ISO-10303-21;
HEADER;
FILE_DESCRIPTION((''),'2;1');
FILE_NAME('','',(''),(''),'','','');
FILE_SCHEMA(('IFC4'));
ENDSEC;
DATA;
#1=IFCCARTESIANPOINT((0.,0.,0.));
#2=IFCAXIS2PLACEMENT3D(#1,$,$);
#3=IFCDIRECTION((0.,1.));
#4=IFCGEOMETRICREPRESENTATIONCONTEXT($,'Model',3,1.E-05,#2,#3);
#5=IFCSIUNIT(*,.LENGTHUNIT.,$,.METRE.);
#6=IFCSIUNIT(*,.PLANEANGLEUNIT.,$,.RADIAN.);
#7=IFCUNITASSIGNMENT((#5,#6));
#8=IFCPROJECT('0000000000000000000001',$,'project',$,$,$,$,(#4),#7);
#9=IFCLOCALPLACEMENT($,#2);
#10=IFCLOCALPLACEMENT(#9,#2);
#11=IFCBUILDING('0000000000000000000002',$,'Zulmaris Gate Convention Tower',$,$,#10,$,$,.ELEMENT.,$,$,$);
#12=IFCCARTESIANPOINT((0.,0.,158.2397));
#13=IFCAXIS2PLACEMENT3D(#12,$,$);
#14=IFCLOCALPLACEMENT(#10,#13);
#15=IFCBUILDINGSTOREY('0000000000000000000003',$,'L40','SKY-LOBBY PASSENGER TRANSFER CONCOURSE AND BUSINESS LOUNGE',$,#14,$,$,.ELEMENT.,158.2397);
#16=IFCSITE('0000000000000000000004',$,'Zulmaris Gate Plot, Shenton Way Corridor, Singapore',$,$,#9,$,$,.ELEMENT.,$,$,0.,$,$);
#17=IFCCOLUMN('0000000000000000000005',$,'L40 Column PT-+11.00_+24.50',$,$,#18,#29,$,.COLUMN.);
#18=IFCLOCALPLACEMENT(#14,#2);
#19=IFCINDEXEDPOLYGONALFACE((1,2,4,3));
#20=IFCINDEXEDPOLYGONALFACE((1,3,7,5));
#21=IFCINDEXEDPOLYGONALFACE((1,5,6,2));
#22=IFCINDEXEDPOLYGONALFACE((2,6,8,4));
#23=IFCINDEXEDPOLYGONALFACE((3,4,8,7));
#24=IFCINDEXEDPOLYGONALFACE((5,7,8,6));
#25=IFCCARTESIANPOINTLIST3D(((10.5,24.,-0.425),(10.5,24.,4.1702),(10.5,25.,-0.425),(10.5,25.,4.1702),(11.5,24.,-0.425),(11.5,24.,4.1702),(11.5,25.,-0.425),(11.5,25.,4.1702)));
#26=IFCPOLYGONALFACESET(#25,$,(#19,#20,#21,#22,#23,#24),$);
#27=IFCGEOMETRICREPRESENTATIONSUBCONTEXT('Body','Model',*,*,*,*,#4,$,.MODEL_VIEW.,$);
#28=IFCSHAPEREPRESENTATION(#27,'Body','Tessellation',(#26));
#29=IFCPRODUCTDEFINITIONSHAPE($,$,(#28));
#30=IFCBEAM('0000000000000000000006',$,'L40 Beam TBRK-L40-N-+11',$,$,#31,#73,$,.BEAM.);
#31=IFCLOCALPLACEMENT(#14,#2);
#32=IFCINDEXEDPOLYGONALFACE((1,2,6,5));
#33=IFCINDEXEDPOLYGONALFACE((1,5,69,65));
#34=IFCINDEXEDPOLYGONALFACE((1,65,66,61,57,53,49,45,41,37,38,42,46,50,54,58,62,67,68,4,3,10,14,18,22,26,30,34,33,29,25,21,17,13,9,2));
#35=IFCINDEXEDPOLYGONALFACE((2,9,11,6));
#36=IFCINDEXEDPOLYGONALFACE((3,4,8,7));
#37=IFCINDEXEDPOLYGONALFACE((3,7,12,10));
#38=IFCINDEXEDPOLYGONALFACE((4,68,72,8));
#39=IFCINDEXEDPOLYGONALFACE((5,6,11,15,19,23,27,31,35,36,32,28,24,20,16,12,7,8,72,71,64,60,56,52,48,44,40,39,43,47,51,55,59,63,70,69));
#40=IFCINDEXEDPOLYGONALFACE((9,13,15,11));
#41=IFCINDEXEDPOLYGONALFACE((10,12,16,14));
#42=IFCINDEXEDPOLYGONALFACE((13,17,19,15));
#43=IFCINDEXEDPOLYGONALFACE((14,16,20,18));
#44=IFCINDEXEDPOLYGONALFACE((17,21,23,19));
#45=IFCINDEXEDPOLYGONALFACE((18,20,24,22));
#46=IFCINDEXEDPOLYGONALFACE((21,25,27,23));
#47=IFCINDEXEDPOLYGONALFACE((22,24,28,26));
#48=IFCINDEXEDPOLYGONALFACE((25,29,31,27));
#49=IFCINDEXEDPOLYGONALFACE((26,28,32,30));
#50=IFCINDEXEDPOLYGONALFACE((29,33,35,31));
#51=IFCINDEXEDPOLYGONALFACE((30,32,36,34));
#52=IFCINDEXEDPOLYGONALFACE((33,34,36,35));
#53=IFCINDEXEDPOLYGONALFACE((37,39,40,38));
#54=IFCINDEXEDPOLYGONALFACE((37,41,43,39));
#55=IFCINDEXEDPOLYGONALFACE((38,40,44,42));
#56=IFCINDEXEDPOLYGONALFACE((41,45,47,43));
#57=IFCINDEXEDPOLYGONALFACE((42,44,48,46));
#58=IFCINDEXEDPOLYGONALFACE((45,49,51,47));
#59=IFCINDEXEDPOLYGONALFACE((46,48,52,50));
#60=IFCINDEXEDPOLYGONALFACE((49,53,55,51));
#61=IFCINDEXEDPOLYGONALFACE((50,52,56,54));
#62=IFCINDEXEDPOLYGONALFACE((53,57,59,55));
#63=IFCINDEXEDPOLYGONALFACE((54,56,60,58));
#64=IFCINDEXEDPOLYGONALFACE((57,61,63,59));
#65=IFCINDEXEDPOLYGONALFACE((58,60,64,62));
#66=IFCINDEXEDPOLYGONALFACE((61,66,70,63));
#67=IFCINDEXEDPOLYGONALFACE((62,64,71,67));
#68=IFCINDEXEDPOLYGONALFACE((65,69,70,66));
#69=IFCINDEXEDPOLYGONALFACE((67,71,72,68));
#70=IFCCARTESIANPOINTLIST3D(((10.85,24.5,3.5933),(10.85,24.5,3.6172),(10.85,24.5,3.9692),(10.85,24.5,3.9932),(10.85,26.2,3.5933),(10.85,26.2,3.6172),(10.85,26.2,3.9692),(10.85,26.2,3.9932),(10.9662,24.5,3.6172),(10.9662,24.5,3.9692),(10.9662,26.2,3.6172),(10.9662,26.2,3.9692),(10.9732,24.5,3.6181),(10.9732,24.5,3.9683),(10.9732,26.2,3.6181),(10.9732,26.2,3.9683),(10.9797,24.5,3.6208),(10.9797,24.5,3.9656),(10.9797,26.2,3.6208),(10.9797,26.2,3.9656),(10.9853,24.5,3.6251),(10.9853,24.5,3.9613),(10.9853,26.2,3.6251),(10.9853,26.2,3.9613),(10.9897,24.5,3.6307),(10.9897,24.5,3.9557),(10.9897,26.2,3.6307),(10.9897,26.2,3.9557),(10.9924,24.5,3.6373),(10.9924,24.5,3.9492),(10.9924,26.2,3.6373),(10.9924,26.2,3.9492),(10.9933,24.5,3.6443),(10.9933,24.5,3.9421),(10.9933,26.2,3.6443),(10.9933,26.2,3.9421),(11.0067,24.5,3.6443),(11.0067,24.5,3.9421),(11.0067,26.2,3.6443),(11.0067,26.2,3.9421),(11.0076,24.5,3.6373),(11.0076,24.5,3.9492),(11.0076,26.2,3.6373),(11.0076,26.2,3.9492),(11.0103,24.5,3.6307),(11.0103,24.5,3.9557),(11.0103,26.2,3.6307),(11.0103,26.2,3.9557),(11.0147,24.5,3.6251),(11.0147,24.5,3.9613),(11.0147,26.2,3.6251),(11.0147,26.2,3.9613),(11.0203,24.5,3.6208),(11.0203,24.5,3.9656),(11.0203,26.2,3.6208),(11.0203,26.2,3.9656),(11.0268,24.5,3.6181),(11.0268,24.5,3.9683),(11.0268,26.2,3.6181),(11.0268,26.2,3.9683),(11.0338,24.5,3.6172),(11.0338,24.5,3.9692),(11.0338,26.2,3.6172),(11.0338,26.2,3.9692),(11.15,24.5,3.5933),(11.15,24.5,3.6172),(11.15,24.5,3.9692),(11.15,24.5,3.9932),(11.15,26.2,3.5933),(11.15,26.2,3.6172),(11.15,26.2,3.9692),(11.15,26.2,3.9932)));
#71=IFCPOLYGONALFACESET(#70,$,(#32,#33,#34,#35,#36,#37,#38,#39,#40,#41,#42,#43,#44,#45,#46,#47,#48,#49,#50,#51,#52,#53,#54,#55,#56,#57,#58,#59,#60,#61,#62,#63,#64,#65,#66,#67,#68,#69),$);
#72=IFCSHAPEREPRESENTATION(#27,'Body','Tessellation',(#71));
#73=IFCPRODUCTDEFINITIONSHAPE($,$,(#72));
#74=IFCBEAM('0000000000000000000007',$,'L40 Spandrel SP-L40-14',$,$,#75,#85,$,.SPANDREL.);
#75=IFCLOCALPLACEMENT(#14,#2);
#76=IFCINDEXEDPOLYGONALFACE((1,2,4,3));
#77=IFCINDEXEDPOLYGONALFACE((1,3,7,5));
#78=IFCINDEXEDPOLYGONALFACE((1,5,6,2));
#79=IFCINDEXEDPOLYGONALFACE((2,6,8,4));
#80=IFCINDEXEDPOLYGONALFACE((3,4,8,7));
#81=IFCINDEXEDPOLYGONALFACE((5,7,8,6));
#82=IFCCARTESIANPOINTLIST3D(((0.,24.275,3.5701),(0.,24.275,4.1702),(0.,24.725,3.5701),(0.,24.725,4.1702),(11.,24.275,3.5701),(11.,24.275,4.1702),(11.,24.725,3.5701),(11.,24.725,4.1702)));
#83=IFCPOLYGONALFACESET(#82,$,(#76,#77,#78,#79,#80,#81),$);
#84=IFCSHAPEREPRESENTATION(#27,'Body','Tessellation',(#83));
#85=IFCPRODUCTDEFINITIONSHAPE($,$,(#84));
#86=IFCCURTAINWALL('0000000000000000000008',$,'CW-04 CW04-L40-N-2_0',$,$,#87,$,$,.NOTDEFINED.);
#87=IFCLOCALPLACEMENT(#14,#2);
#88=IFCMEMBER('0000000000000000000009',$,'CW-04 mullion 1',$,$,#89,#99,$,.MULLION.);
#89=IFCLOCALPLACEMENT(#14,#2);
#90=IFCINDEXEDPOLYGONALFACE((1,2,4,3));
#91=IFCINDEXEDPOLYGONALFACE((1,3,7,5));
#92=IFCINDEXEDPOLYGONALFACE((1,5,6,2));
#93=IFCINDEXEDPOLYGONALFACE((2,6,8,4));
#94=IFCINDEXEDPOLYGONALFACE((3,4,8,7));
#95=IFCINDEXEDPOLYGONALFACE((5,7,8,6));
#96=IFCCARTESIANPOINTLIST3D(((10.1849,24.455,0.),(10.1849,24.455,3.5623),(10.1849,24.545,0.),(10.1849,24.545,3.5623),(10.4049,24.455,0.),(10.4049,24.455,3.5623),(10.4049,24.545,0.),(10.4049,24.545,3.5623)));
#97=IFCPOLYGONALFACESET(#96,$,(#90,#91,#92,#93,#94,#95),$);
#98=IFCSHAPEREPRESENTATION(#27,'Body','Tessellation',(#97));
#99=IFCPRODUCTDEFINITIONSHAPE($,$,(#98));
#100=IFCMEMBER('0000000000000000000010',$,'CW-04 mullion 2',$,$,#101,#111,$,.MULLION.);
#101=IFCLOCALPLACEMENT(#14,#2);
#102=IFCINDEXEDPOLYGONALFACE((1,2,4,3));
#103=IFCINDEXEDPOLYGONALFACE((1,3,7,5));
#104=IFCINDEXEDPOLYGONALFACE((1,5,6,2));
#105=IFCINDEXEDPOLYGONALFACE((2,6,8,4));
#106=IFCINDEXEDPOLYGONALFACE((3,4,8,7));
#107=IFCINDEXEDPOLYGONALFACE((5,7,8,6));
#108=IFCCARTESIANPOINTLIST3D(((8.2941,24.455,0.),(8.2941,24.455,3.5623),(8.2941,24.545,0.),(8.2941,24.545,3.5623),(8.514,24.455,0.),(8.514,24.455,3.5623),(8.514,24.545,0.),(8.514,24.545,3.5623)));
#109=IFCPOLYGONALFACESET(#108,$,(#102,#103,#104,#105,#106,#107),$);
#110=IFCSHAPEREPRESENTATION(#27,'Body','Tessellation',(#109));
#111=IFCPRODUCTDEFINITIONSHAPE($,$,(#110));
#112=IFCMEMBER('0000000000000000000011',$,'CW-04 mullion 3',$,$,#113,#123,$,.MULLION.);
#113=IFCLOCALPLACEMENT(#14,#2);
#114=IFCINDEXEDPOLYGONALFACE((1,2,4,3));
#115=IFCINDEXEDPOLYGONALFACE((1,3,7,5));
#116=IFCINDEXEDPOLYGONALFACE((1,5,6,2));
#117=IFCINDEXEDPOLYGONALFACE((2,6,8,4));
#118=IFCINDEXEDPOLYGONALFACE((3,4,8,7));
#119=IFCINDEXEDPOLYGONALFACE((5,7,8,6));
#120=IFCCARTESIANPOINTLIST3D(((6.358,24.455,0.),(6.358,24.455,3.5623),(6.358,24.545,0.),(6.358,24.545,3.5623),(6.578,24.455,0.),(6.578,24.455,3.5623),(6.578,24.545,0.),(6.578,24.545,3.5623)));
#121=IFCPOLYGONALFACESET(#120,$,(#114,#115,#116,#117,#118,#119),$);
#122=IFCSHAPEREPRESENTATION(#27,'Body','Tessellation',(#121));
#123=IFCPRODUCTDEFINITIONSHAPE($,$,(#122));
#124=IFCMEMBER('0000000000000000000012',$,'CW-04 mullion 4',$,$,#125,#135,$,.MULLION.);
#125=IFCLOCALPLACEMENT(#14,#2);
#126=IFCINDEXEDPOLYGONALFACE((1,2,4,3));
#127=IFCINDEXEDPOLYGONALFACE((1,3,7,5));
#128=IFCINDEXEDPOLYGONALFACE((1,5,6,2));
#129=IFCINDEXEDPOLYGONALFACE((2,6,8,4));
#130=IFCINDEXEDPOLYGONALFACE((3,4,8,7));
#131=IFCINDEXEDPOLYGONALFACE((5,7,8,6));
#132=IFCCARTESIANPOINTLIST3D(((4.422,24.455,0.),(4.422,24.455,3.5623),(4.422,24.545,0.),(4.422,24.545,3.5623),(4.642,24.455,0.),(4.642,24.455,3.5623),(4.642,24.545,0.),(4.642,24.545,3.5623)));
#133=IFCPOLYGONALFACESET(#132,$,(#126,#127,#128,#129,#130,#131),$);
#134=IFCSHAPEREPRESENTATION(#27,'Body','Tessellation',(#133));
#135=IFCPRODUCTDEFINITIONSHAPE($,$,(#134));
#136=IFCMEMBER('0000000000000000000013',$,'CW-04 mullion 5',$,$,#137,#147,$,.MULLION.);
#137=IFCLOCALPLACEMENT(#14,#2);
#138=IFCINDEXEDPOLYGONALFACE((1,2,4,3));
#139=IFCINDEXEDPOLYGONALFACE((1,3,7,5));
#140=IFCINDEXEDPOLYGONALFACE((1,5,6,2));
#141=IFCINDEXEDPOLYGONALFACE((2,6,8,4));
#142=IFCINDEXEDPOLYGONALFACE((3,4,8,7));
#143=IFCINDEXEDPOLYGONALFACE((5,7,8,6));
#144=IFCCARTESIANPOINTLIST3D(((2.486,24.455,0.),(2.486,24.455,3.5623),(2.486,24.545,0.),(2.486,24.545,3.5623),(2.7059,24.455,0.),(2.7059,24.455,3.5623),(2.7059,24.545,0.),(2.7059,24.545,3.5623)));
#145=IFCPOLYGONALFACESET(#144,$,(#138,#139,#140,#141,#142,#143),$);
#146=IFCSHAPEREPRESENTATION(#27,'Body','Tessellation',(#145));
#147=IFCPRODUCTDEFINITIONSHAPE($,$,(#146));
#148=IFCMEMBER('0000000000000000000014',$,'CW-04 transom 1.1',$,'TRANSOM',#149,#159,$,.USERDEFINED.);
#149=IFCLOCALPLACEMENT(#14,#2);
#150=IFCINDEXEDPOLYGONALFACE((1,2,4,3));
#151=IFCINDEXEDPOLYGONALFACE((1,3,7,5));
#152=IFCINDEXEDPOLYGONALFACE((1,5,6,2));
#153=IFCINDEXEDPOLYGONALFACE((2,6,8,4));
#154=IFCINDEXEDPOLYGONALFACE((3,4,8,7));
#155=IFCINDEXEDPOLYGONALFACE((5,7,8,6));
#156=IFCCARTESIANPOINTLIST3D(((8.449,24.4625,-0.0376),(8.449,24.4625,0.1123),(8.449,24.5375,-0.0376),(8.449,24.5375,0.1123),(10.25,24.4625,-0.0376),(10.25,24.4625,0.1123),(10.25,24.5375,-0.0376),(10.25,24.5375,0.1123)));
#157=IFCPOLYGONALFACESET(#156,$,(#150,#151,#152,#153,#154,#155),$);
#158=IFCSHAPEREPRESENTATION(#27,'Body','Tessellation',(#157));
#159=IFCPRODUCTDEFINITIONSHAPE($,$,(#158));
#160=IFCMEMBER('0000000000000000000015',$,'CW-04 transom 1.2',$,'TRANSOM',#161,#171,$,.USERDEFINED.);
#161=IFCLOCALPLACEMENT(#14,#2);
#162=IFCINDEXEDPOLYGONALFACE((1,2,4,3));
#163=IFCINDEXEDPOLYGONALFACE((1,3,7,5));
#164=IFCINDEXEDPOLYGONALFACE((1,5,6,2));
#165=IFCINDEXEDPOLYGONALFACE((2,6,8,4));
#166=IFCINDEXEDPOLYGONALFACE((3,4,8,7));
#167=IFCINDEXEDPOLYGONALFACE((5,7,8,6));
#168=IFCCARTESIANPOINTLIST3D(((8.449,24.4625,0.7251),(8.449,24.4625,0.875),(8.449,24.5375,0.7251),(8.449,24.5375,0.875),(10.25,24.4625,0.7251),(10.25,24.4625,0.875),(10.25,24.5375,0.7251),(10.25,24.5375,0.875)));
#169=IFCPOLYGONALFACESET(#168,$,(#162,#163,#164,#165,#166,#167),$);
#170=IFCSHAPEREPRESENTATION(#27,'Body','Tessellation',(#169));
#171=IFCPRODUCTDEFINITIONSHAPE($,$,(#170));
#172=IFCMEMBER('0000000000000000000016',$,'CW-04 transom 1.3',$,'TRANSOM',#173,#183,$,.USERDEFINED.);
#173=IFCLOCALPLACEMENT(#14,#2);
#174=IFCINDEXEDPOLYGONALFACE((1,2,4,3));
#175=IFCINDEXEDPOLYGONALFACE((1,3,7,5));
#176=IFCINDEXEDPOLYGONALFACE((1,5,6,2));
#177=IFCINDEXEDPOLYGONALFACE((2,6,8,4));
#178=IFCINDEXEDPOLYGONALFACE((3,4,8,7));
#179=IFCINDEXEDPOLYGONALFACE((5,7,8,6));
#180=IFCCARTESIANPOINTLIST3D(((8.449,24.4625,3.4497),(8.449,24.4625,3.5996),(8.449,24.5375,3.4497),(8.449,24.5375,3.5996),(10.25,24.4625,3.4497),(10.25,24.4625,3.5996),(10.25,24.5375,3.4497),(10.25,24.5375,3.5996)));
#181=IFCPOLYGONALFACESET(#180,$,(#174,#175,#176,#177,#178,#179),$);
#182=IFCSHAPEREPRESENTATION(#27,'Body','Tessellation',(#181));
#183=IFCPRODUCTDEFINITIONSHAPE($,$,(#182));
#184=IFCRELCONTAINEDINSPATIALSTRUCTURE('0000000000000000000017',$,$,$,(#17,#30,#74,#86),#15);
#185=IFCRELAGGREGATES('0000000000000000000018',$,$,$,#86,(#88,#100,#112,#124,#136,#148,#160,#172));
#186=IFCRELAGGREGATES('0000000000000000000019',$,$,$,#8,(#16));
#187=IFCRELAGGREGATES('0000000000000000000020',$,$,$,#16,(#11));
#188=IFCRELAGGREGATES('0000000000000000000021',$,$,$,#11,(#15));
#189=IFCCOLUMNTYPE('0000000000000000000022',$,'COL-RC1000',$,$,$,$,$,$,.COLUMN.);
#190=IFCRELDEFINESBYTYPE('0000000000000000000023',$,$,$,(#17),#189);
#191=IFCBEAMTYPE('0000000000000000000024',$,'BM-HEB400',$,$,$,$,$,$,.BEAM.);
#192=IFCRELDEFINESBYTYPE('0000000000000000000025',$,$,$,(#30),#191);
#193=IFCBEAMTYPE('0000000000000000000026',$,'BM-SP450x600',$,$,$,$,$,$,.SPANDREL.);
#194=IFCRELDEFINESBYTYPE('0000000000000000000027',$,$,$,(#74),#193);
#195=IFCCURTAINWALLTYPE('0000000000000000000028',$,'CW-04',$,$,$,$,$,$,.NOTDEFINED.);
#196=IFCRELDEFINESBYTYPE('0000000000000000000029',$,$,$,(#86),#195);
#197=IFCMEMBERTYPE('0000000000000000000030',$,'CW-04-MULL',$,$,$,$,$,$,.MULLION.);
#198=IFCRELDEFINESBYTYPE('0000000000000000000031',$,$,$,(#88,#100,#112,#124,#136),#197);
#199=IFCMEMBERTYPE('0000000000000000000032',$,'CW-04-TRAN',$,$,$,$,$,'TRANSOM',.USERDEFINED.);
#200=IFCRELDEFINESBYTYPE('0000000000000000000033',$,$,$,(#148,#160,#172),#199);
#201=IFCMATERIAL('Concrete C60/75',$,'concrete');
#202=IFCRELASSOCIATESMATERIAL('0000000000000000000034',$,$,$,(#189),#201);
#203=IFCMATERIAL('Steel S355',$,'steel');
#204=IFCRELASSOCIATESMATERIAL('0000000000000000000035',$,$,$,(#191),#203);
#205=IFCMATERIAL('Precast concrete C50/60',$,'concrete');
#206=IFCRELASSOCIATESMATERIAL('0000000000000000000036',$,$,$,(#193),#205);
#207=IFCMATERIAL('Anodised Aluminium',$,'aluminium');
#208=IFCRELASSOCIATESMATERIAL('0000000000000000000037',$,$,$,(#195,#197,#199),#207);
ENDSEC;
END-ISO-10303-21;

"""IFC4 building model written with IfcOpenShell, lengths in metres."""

from ifc_helpers import new_model, si_unit, direction, frame, origin, origin_2d, place, context, subcontext, project, spatial, rectangle, i_section, extrude, material, material_profile, profile_set, type_object, element, aggregate, save


model = new_model("IFC4")

# Units and contexts
model_context = context("Model", 3, precision=1e-05, world=origin(), true_north=direction((0.0, 1.0)))
body_context = subcontext(model_context, "Body", "Model", "MODEL_VIEW")
ifc_project = project(units=[si_unit("LENGTHUNIT", "METRE"), si_unit("PLANEANGLEUNIT", "RADIAN")], contexts=[model_context])

# Site, building, storey
site_placement = place(None, origin())
site = spatial("IfcSite", under=ifc_project, at=site_placement, Name="Zulmaris Gate Plot, Shenton Way Corridor, Singapore", CompositionType="ELEMENT", RefElevation=0.0)
building_placement = place(site_placement, origin())
building = spatial("IfcBuilding", under=site, at=building_placement, Name="Zulmaris Gate Convention Tower", CompositionType="ELEMENT")
storey_placement = place(building_placement, frame((0.0, 0.0, 158.2397)))
storey = spatial("IfcBuildingStorey", under=building, at=storey_placement, Name="L40", Description="SKY-LOBBY PASSENGER TRANSFER CONCOURSE AND BUSINESS LOUNGE", CompositionType="ELEMENT", Elevation=158.2397)

# Column
ifc_material_1 = material(Name="Concrete C60/75", Category="concrete")
ifc_material_profile_1 = material_profile(ifc_material_1, rectangle(XDim=1.0, YDim=1.0, at=origin_2d()), Name="RC COL 1000x1000")
ifc_profile_set_1 = profile_set([ifc_material_profile_1], Name="Concrete C60/75")
column_type = type_object("IfcColumnType", Name="COL-RC1000", PredefinedType="COLUMN", material=ifc_profile_set_1)
column_placement = place(storey_placement, frame((11.0, 24.5, -0.425), z_axis=(0.0, 0.0, 1.0), x_axis=(1.0, 0.0, 0.0)))
element("IfcColumn", 1, at=column_placement, inside=storey, type_object=column_type, Name="L40 Column PT-+11.00_+24.50", PredefinedType="COLUMN", context=body_context, shape_type="SweptSolid", body=[
    extrude(rectangle(XDim=1.0, YDim=1.0, at=origin_2d()), origin(), (0.0, 0.0, 1.0), 4.5952),
])

# Beams
ifc_material_2 = material(Name="Steel S355", Category="steel")
ifc_material_profile_2 = material_profile(ifc_material_2, i_section(OverallWidth=0.3, OverallDepth=0.3999, WebThickness=0.0134, FlangeThickness=0.0239, FilletRadius=0.0271, at=origin_2d()), Name="HEB 400")
ifc_profile_set_2 = profile_set([ifc_material_profile_2], Name="Steel S355")
beam_type_1 = type_object("IfcBeamType", Name="BM-HEB400", PredefinedType="BEAM", material=ifc_profile_set_2)
beam_1_placement = place(storey_placement, frame((11.0, 24.5, 3.7932), z_axis=(0.0, 1.0, 0.0), x_axis=(-1.0, 0.0, 0.0)))
element("IfcBeam", 2, at=beam_1_placement, inside=storey, type_object=beam_type_1, Name="L40 Beam TBRK-L40-N-+11", PredefinedType="BEAM", context=body_context, shape_type="SweptSolid", body=[
    extrude(i_section(OverallWidth=0.3, OverallDepth=0.3999, WebThickness=0.0134, FlangeThickness=0.0239, FilletRadius=0.0271, at=origin_2d()), origin(), (0.0, 0.0, 1.0), 1.7),
])
ifc_material_3 = material(Name="Precast concrete C50/60", Category="concrete")
ifc_material_profile_3 = material_profile(ifc_material_3, rectangle(XDim=0.45, YDim=0.6001, at=origin_2d()), Name="RC SPANDREL 450x600")
ifc_profile_set_3 = profile_set([ifc_material_profile_3], Name="Precast concrete C50/60")
beam_type_2 = type_object("IfcBeamType", Name="BM-SP450x600", PredefinedType="SPANDREL", material=ifc_profile_set_3)
beam_2_placement = place(storey_placement, frame((11.0, 24.5, 3.8701), z_axis=(-1.0, 0.0, 0.0), x_axis=(0.0, -1.0, 0.0)))
element("IfcBeam", 3, at=beam_2_placement, inside=storey, type_object=beam_type_2, Name="L40 Spandrel SP-L40-14", PredefinedType="SPANDREL", context=body_context, shape_type="SweptSolid", body=[
    extrude(rectangle(XDim=0.45, YDim=0.6001, at=origin_2d()), origin(), (0.0, 0.0, 1.0), 11.0),
])

# Curtain wall, members
ifc_material_4 = material(Name="Anodised Aluminium", Category="aluminium")
curtain_wall_type = type_object("IfcCurtainWallType", Name="CW-04", PredefinedType="NOTDEFINED", material=ifc_material_4)
curtain_wall_placement = place(storey_placement, origin())
curtain_wall = element("IfcCurtainWall", 4, at=curtain_wall_placement, inside=storey, type_object=curtain_wall_type, Name="CW-04 CW04-L40-N-2_0", PredefinedType="NOTDEFINED")
ifc_material_profile_4 = material_profile(ifc_material_4, rectangle(XDim=0.0901, YDim=0.22, at=origin_2d()), Name="ALU MULLION 90x220")
ifc_profile_set_4 = profile_set([ifc_material_profile_4], Name="Anodised Aluminium")
member_type_1 = type_object("IfcMemberType", Name="CW-04-MULL", PredefinedType="MULLION", material=ifc_profile_set_4)
member_1_placement = place(storey_placement, frame((10.2949, 24.5, 0.0), z_axis=(0.0, 0.0, 1.0), x_axis=(0.0, -1.0, 0.0)))
member_1 = element("IfcMember", 5, at=member_1_placement, type_object=member_type_1, Name="CW-04 mullion 1", PredefinedType="MULLION", context=body_context, shape_type="SweptSolid", body=[
    extrude(rectangle(XDim=0.0901, YDim=0.22, at=origin_2d()), origin(), (0.0, 0.0, 1.0), 3.5623),
])
member_2_placement = place(storey_placement, frame((8.4041, 24.5, 0.0), z_axis=(0.0, 0.0, 1.0), x_axis=(0.0, -1.0, 0.0)))
member_2 = element("IfcMember", 6, at=member_2_placement, type_object=member_type_1, Name="CW-04 mullion 2", PredefinedType="MULLION", context=body_context, shape_type="SweptSolid", body=[
    extrude(rectangle(XDim=0.0901, YDim=0.22, at=origin_2d()), origin(), (0.0, 0.0, 1.0), 3.5623),
])
member_3_placement = place(storey_placement, frame((6.468, 24.5, 0.0), z_axis=(0.0, 0.0, 1.0), x_axis=(0.0, -1.0, 0.0)))
member_3 = element("IfcMember", 7, at=member_3_placement, type_object=member_type_1, Name="CW-04 mullion 3", PredefinedType="MULLION", context=body_context, shape_type="SweptSolid", body=[
    extrude(rectangle(XDim=0.0901, YDim=0.22, at=origin_2d()), origin(), (0.0, 0.0, 1.0), 3.5623),
])
member_4_placement = place(storey_placement, frame((4.532, 24.5, 0.0), z_axis=(0.0, 0.0, 1.0), x_axis=(0.0, -1.0, 0.0)))
member_4 = element("IfcMember", 8, at=member_4_placement, type_object=member_type_1, Name="CW-04 mullion 4", PredefinedType="MULLION", context=body_context, shape_type="SweptSolid", body=[
    extrude(rectangle(XDim=0.0901, YDim=0.22, at=origin_2d()), origin(), (0.0, 0.0, 1.0), 3.5623),
])
member_5_placement = place(storey_placement, frame((2.5959, 24.5, 0.0), z_axis=(0.0, 0.0, 1.0), x_axis=(0.0, -1.0, 0.0)))
member_5 = element("IfcMember", 9, at=member_5_placement, type_object=member_type_1, Name="CW-04 mullion 5", PredefinedType="MULLION", context=body_context, shape_type="SweptSolid", body=[
    extrude(rectangle(XDim=0.0901, YDim=0.22, at=origin_2d()), origin(), (0.0, 0.0, 1.0), 3.5623),
])
ifc_material_profile_5 = material_profile(ifc_material_4, rectangle(XDim=0.075, YDim=0.1499, at=origin_2d()), Name="ALU TRANSOM 75x150")
ifc_profile_set_5 = profile_set([ifc_material_profile_5], Name="Anodised Aluminium")
member_type_2 = type_object("IfcMemberType", Name="CW-04-TRAN", ElementType="TRANSOM", PredefinedType="USERDEFINED", material=ifc_profile_set_5)
member_6_placement = place(storey_placement, frame((10.25, 24.5, 0.0374), z_axis=(-1.0, 0.0, 0.0), x_axis=(0.0, -1.0, 0.0)))
member_6 = element("IfcMember", 10, at=member_6_placement, type_object=member_type_2, Name="CW-04 transom 1.1", ObjectType="TRANSOM", PredefinedType="USERDEFINED", context=body_context, shape_type="SweptSolid", body=[
    extrude(rectangle(XDim=0.075, YDim=0.1499, at=origin_2d()), origin(), (0.0, 0.0, 1.0), 1.801),
])
member_7_placement = place(storey_placement, frame((10.25, 24.5, 0.8), z_axis=(-1.0, 0.0, 0.0), x_axis=(0.0, -1.0, 0.0)))
member_7 = element("IfcMember", 11, at=member_7_placement, type_object=member_type_2, Name="CW-04 transom 1.2", ObjectType="TRANSOM", PredefinedType="USERDEFINED", context=body_context, shape_type="SweptSolid", body=[
    extrude(rectangle(XDim=0.075, YDim=0.1499, at=origin_2d()), origin(), (0.0, 0.0, 1.0), 1.801),
])
member_8_placement = place(storey_placement, frame((10.25, 24.5, 3.5247), z_axis=(-1.0, 0.0, 0.0), x_axis=(0.0, -1.0, 0.0)))
member_8 = element("IfcMember", 12, at=member_8_placement, type_object=member_type_2, Name="CW-04 transom 1.3", ObjectType="TRANSOM", PredefinedType="USERDEFINED", context=body_context, shape_type="SweptSolid", body=[
    extrude(rectangle(XDim=0.075, YDim=0.1499, at=origin_2d()), origin(), (0.0, 0.0, 1.0), 1.801),
])
aggregate(curtain_wall, [member_1, member_2, member_3, member_4, member_5, member_6, member_7, member_8])

save(model, "model.ifc")
